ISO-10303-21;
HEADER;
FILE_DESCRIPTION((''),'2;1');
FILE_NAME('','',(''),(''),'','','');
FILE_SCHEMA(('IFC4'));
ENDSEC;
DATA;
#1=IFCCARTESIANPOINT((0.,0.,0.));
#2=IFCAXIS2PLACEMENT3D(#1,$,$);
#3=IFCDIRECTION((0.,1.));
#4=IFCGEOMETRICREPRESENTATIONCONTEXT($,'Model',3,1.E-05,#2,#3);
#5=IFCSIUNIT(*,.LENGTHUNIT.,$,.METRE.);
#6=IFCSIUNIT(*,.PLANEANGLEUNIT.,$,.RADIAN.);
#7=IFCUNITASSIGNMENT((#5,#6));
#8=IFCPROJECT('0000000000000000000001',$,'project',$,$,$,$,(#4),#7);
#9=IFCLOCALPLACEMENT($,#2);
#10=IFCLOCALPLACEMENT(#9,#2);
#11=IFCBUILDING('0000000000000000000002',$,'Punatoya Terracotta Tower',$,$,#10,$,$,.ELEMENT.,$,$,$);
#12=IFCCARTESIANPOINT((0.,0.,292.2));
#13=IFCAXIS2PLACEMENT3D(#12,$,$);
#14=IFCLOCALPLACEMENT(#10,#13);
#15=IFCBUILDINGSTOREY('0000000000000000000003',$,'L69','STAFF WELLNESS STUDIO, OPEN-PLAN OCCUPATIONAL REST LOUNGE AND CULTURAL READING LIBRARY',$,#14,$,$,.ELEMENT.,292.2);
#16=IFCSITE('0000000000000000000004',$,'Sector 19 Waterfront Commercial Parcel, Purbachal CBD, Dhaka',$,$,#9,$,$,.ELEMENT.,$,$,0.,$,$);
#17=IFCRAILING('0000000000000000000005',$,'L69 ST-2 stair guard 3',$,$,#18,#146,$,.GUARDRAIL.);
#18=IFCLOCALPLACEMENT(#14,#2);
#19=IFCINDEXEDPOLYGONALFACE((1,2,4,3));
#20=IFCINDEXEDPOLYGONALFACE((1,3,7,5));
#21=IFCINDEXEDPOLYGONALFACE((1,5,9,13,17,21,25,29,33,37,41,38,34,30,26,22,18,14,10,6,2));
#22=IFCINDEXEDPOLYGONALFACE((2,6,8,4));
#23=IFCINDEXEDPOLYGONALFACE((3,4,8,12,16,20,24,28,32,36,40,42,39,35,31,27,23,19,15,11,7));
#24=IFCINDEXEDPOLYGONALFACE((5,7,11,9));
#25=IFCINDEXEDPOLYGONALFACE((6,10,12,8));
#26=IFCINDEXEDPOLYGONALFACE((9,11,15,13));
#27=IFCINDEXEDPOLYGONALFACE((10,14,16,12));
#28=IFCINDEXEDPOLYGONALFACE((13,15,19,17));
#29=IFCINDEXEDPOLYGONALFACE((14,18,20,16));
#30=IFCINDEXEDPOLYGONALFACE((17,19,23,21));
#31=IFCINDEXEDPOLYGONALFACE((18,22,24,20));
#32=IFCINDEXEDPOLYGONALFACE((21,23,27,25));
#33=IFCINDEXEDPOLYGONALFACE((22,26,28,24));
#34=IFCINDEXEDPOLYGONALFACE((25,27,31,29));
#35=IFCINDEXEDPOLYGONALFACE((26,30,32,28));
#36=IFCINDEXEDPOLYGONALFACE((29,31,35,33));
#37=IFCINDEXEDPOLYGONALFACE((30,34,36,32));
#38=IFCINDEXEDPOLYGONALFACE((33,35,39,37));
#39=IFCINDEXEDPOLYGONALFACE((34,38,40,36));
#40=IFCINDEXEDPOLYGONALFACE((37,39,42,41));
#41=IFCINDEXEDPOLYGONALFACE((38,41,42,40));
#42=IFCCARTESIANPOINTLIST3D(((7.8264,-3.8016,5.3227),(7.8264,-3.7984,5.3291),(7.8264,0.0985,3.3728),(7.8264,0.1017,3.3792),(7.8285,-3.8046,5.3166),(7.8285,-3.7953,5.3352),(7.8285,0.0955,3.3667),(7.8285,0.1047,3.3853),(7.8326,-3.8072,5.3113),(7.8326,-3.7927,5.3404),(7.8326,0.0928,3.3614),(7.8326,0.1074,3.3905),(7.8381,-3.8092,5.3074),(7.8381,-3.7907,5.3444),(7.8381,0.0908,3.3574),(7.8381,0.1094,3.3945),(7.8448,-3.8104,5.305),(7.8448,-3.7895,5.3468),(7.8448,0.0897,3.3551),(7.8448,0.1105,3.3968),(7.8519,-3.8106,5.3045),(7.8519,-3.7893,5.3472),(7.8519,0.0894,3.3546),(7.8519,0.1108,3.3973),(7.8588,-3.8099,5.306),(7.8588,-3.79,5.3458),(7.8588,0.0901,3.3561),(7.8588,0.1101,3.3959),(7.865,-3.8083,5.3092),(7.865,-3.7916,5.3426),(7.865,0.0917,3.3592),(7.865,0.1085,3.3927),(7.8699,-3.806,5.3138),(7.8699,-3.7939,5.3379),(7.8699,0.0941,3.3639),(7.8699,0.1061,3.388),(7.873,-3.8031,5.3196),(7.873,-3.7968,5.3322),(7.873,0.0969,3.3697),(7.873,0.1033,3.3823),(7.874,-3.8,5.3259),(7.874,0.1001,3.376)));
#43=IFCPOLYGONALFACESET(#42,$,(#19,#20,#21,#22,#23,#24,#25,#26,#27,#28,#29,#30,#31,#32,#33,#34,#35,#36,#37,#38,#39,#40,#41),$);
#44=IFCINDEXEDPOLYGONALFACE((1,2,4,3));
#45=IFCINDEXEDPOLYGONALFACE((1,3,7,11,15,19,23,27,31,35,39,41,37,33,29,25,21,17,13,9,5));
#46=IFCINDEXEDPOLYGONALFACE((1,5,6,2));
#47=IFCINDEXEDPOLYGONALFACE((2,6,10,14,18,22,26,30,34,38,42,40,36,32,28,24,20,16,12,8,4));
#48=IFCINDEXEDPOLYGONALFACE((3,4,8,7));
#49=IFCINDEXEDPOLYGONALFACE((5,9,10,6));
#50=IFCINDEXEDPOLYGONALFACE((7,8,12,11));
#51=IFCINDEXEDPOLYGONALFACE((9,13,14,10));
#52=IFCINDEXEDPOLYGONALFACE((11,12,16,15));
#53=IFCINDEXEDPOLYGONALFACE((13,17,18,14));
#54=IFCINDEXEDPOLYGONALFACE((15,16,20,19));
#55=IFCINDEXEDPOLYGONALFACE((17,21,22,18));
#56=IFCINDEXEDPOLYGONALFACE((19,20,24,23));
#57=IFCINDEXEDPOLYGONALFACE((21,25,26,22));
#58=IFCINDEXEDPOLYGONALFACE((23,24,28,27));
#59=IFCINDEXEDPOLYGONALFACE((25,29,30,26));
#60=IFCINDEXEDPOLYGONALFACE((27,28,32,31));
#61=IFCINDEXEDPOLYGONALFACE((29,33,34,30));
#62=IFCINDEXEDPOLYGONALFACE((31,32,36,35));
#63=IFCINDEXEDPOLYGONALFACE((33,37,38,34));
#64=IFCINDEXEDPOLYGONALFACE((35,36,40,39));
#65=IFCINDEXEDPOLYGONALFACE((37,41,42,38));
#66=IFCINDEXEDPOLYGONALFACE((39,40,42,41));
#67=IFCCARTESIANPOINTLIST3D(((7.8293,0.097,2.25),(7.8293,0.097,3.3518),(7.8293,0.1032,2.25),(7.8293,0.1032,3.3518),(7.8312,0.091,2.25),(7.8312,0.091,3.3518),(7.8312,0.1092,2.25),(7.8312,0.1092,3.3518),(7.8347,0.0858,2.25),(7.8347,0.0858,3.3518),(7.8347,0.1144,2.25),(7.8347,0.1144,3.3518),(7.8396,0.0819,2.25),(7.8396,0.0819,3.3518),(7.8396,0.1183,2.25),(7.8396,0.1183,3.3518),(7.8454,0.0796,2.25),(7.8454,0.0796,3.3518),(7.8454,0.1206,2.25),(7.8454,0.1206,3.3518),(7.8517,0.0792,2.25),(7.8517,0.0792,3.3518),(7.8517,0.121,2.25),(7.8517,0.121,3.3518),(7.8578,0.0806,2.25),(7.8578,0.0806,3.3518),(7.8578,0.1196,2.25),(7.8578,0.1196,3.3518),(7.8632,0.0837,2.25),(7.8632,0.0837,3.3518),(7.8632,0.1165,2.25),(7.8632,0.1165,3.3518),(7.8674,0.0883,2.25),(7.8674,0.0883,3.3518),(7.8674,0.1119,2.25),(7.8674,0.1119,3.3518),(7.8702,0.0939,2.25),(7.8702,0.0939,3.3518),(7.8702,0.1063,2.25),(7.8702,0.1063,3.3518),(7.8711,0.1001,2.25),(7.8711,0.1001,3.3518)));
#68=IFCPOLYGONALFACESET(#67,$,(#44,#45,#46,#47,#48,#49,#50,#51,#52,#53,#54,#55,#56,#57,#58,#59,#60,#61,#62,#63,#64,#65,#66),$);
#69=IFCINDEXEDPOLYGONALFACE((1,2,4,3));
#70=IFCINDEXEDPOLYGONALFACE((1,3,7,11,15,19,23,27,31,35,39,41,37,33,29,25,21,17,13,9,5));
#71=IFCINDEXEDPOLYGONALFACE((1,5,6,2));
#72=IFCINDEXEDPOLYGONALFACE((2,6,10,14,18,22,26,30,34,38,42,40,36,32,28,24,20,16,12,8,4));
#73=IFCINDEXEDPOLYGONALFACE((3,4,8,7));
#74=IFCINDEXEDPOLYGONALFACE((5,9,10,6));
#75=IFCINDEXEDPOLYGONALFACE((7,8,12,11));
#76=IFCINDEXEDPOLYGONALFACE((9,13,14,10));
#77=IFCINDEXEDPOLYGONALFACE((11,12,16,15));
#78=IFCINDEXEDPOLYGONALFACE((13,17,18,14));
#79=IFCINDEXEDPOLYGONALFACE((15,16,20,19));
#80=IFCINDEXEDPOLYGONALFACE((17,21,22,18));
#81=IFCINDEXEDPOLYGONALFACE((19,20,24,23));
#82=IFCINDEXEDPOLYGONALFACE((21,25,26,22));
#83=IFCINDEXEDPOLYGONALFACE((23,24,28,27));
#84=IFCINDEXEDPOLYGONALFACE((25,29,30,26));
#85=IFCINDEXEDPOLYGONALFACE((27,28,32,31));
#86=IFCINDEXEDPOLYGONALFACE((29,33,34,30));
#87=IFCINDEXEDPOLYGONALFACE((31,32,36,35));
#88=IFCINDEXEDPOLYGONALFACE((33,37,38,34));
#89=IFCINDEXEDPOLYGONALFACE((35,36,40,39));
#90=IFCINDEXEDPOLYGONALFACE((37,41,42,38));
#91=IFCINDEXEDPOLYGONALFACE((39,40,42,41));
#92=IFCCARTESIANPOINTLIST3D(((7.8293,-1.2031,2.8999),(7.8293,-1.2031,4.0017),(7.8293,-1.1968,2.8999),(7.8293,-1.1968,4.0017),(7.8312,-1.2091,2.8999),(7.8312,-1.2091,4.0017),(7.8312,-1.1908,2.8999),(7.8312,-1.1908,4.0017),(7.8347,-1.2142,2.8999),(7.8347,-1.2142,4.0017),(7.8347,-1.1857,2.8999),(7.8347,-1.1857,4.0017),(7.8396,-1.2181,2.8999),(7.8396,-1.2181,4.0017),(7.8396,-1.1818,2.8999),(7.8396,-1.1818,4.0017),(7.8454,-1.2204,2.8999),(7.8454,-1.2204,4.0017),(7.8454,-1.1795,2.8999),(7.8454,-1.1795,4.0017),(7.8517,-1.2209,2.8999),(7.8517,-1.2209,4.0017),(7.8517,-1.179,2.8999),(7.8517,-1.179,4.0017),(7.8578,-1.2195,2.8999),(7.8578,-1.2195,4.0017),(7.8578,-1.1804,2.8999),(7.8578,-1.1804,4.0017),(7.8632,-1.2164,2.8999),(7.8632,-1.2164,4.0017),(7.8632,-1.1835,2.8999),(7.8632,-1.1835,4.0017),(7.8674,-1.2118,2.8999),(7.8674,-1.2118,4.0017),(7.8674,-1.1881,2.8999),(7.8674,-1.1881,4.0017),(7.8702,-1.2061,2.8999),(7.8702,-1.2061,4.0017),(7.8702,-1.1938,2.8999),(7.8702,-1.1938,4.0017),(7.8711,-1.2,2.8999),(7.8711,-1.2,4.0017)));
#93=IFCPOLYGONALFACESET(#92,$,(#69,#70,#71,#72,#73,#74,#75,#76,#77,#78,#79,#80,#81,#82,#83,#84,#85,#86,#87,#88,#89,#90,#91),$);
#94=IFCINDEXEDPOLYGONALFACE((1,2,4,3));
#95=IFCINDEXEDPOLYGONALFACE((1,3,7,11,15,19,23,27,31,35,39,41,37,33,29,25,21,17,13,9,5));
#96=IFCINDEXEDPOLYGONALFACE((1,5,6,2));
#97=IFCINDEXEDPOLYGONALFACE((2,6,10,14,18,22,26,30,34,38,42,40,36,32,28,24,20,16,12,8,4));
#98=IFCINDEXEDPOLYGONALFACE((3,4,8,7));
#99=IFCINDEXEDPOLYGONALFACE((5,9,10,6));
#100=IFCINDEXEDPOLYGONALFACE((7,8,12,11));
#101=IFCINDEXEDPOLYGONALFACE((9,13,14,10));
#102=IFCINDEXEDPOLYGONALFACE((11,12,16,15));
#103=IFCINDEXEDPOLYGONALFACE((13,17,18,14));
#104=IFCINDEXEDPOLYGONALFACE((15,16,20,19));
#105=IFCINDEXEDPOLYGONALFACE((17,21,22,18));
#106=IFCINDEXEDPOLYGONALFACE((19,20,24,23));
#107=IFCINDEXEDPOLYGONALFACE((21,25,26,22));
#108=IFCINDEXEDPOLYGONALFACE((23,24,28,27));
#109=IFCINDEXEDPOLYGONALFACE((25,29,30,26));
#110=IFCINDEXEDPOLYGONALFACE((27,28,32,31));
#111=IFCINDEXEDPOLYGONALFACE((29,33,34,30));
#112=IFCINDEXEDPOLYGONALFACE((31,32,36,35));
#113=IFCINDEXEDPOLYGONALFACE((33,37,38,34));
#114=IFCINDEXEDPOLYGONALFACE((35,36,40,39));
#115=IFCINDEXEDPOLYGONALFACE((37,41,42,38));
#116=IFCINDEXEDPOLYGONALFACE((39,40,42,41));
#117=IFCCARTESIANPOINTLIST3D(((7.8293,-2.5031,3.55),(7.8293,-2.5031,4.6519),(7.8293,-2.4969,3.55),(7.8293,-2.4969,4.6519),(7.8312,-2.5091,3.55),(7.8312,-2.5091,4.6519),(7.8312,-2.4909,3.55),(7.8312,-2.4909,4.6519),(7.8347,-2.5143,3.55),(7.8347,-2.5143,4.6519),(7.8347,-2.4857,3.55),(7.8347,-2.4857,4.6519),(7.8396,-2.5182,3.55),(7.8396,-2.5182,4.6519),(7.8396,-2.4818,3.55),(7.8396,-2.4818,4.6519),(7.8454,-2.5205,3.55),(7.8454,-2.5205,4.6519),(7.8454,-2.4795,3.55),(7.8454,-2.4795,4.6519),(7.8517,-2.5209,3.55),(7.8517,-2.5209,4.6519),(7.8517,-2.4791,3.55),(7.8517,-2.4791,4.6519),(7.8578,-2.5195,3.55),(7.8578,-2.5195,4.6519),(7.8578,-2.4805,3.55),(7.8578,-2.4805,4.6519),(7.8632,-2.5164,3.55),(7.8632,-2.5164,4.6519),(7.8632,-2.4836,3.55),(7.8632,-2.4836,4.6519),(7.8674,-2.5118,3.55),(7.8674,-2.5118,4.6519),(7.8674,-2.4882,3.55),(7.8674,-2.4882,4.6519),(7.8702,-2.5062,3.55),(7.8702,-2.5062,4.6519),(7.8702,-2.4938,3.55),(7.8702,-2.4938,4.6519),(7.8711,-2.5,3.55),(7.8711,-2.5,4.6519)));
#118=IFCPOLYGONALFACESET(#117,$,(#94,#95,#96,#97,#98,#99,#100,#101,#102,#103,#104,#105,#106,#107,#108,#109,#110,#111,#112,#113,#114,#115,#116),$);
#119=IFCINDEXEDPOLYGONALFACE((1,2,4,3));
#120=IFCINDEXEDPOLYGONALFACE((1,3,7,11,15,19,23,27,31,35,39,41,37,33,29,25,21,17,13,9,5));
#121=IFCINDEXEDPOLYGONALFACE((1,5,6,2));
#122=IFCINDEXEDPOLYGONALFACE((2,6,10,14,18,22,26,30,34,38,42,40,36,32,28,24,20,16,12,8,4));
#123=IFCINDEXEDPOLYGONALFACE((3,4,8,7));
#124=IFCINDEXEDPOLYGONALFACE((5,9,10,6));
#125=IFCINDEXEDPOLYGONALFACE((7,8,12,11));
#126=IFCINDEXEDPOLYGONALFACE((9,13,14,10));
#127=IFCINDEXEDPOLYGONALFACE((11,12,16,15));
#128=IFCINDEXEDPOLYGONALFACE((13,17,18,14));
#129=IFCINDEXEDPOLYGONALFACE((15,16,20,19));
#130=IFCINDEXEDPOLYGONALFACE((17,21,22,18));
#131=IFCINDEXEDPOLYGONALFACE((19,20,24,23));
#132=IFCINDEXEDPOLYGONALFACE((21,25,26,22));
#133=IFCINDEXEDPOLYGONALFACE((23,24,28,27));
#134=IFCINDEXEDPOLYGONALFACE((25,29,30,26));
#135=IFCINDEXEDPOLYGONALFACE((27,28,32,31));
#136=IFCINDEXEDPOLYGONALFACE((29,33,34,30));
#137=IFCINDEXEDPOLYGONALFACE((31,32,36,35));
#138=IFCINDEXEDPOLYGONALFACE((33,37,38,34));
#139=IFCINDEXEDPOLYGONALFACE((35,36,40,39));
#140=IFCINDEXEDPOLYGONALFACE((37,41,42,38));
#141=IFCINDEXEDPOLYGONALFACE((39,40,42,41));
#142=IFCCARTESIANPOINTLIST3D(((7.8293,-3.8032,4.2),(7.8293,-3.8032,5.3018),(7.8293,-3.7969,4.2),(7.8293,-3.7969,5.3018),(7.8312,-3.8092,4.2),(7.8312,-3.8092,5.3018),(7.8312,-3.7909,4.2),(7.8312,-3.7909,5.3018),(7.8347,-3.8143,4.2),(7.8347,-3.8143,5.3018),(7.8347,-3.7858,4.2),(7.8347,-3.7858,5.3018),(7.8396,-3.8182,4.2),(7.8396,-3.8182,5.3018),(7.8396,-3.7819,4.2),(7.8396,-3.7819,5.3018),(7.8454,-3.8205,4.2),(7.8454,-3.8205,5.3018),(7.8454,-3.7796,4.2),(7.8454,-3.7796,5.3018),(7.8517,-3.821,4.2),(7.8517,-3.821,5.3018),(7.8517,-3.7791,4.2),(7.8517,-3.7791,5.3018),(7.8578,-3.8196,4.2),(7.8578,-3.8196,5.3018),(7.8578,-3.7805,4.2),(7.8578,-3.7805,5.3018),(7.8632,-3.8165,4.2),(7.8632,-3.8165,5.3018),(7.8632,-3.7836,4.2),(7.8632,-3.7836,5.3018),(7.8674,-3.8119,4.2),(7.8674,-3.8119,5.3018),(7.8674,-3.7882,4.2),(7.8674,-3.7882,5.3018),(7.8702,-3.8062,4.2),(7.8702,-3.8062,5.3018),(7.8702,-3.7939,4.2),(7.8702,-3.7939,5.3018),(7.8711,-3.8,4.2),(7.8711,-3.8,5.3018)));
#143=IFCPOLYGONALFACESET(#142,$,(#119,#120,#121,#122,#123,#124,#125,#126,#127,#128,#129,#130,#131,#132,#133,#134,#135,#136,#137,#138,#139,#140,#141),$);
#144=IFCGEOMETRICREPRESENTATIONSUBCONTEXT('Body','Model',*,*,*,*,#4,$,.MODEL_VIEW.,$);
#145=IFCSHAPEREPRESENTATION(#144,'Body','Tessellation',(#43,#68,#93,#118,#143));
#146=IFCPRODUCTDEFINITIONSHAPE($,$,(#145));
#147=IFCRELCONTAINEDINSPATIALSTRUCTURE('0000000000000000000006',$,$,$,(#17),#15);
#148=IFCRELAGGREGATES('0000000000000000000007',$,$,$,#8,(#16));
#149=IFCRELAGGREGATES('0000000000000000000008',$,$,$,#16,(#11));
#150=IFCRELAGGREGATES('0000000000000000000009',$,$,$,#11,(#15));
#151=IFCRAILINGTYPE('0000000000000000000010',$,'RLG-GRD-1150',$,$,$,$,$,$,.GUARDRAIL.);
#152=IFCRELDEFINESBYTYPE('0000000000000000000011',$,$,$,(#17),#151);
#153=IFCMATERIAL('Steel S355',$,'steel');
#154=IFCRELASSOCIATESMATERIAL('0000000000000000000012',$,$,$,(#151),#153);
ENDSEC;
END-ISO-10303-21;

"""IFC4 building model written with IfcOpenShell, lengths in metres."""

from ifc_helpers import new_model, si_unit, direction, frame, origin, origin_2d, place, context, subcontext, project, spatial, circle, extrude, material, type_object, element, save


model = new_model("IFC4")

# Units and contexts
model_context = context("Model", 3, precision=1e-05, world=origin(), true_north=direction((0.0, 1.0)))
body_context = subcontext(model_context, "Body", "Model", "MODEL_VIEW")
ifc_project = project(units=[si_unit("LENGTHUNIT", "METRE"), si_unit("PLANEANGLEUNIT", "RADIAN")], contexts=[model_context])

# Site, building, storey
site_placement = place(None, origin())
site = spatial("IfcSite", under=ifc_project, at=site_placement, Name="Sector 19 Waterfront Commercial Parcel, Purbachal CBD, Dhaka", CompositionType="ELEMENT", RefElevation=0.0)
building_placement = place(site_placement, origin())
building = spatial("IfcBuilding", under=site, at=building_placement, Name="Punatoya Terracotta Tower", CompositionType="ELEMENT")
storey_placement = place(building_placement, frame((0.0, 0.0, 292.2)))
storey = spatial("IfcBuildingStorey", under=building, at=storey_placement, Name="L69", Description="STAFF WELLNESS STUDIO, OPEN-PLAN OCCUPATIONAL REST LOUNGE AND CULTURAL READING LIBRARY", CompositionType="ELEMENT", Elevation=292.2)

# Shared definitions
ifc_material_1 = material(Name="Steel S355", Category="steel")

# Railing
railing_type_1 = type_object("IfcRailingType", Name="RLG-GRD-1150", PredefinedType="GUARDRAIL", material=ifc_material_1)
railing_1_placement = place(storey_placement, frame((7.8501, 0.1001, 2.25)))
element("IfcRailing", 1, at=railing_1_placement, inside=storey, type_object=railing_type_1, Name="L69 ST-2 stair guard 3", PredefinedType="GUARDRAIL", context=body_context, shape_type="SweptSolid", body=[
    extrude(circle(Radius=0.0239, at=origin_2d()), frame((0.0, 0.0, 1.126), z_axis=(0.0, -0.894438, 0.447191), x_axis=(1.0, 0.0, 0.0)), (0.0, 0.0, 1.0), 4.3604),
    extrude(circle(Radius=0.021, at=origin_2d()), origin(), (0.0, 0.0, 1.0), 1.1018),
    extrude(circle(Radius=0.021, at=origin_2d()), frame((0.0, -1.3, 0.6499)), (0.0, 0.0, 1.0), 1.1018),
    extrude(circle(Radius=0.021, at=origin_2d()), frame((0.0, -2.6001, 1.3)), (0.0, 0.0, 1.0), 1.1018),
    extrude(circle(Radius=0.021, at=origin_2d()), frame((0.0, -3.9001, 1.95)), (0.0, 0.0, 1.0), 1.1018),
])

save(model, "model.ifc")
